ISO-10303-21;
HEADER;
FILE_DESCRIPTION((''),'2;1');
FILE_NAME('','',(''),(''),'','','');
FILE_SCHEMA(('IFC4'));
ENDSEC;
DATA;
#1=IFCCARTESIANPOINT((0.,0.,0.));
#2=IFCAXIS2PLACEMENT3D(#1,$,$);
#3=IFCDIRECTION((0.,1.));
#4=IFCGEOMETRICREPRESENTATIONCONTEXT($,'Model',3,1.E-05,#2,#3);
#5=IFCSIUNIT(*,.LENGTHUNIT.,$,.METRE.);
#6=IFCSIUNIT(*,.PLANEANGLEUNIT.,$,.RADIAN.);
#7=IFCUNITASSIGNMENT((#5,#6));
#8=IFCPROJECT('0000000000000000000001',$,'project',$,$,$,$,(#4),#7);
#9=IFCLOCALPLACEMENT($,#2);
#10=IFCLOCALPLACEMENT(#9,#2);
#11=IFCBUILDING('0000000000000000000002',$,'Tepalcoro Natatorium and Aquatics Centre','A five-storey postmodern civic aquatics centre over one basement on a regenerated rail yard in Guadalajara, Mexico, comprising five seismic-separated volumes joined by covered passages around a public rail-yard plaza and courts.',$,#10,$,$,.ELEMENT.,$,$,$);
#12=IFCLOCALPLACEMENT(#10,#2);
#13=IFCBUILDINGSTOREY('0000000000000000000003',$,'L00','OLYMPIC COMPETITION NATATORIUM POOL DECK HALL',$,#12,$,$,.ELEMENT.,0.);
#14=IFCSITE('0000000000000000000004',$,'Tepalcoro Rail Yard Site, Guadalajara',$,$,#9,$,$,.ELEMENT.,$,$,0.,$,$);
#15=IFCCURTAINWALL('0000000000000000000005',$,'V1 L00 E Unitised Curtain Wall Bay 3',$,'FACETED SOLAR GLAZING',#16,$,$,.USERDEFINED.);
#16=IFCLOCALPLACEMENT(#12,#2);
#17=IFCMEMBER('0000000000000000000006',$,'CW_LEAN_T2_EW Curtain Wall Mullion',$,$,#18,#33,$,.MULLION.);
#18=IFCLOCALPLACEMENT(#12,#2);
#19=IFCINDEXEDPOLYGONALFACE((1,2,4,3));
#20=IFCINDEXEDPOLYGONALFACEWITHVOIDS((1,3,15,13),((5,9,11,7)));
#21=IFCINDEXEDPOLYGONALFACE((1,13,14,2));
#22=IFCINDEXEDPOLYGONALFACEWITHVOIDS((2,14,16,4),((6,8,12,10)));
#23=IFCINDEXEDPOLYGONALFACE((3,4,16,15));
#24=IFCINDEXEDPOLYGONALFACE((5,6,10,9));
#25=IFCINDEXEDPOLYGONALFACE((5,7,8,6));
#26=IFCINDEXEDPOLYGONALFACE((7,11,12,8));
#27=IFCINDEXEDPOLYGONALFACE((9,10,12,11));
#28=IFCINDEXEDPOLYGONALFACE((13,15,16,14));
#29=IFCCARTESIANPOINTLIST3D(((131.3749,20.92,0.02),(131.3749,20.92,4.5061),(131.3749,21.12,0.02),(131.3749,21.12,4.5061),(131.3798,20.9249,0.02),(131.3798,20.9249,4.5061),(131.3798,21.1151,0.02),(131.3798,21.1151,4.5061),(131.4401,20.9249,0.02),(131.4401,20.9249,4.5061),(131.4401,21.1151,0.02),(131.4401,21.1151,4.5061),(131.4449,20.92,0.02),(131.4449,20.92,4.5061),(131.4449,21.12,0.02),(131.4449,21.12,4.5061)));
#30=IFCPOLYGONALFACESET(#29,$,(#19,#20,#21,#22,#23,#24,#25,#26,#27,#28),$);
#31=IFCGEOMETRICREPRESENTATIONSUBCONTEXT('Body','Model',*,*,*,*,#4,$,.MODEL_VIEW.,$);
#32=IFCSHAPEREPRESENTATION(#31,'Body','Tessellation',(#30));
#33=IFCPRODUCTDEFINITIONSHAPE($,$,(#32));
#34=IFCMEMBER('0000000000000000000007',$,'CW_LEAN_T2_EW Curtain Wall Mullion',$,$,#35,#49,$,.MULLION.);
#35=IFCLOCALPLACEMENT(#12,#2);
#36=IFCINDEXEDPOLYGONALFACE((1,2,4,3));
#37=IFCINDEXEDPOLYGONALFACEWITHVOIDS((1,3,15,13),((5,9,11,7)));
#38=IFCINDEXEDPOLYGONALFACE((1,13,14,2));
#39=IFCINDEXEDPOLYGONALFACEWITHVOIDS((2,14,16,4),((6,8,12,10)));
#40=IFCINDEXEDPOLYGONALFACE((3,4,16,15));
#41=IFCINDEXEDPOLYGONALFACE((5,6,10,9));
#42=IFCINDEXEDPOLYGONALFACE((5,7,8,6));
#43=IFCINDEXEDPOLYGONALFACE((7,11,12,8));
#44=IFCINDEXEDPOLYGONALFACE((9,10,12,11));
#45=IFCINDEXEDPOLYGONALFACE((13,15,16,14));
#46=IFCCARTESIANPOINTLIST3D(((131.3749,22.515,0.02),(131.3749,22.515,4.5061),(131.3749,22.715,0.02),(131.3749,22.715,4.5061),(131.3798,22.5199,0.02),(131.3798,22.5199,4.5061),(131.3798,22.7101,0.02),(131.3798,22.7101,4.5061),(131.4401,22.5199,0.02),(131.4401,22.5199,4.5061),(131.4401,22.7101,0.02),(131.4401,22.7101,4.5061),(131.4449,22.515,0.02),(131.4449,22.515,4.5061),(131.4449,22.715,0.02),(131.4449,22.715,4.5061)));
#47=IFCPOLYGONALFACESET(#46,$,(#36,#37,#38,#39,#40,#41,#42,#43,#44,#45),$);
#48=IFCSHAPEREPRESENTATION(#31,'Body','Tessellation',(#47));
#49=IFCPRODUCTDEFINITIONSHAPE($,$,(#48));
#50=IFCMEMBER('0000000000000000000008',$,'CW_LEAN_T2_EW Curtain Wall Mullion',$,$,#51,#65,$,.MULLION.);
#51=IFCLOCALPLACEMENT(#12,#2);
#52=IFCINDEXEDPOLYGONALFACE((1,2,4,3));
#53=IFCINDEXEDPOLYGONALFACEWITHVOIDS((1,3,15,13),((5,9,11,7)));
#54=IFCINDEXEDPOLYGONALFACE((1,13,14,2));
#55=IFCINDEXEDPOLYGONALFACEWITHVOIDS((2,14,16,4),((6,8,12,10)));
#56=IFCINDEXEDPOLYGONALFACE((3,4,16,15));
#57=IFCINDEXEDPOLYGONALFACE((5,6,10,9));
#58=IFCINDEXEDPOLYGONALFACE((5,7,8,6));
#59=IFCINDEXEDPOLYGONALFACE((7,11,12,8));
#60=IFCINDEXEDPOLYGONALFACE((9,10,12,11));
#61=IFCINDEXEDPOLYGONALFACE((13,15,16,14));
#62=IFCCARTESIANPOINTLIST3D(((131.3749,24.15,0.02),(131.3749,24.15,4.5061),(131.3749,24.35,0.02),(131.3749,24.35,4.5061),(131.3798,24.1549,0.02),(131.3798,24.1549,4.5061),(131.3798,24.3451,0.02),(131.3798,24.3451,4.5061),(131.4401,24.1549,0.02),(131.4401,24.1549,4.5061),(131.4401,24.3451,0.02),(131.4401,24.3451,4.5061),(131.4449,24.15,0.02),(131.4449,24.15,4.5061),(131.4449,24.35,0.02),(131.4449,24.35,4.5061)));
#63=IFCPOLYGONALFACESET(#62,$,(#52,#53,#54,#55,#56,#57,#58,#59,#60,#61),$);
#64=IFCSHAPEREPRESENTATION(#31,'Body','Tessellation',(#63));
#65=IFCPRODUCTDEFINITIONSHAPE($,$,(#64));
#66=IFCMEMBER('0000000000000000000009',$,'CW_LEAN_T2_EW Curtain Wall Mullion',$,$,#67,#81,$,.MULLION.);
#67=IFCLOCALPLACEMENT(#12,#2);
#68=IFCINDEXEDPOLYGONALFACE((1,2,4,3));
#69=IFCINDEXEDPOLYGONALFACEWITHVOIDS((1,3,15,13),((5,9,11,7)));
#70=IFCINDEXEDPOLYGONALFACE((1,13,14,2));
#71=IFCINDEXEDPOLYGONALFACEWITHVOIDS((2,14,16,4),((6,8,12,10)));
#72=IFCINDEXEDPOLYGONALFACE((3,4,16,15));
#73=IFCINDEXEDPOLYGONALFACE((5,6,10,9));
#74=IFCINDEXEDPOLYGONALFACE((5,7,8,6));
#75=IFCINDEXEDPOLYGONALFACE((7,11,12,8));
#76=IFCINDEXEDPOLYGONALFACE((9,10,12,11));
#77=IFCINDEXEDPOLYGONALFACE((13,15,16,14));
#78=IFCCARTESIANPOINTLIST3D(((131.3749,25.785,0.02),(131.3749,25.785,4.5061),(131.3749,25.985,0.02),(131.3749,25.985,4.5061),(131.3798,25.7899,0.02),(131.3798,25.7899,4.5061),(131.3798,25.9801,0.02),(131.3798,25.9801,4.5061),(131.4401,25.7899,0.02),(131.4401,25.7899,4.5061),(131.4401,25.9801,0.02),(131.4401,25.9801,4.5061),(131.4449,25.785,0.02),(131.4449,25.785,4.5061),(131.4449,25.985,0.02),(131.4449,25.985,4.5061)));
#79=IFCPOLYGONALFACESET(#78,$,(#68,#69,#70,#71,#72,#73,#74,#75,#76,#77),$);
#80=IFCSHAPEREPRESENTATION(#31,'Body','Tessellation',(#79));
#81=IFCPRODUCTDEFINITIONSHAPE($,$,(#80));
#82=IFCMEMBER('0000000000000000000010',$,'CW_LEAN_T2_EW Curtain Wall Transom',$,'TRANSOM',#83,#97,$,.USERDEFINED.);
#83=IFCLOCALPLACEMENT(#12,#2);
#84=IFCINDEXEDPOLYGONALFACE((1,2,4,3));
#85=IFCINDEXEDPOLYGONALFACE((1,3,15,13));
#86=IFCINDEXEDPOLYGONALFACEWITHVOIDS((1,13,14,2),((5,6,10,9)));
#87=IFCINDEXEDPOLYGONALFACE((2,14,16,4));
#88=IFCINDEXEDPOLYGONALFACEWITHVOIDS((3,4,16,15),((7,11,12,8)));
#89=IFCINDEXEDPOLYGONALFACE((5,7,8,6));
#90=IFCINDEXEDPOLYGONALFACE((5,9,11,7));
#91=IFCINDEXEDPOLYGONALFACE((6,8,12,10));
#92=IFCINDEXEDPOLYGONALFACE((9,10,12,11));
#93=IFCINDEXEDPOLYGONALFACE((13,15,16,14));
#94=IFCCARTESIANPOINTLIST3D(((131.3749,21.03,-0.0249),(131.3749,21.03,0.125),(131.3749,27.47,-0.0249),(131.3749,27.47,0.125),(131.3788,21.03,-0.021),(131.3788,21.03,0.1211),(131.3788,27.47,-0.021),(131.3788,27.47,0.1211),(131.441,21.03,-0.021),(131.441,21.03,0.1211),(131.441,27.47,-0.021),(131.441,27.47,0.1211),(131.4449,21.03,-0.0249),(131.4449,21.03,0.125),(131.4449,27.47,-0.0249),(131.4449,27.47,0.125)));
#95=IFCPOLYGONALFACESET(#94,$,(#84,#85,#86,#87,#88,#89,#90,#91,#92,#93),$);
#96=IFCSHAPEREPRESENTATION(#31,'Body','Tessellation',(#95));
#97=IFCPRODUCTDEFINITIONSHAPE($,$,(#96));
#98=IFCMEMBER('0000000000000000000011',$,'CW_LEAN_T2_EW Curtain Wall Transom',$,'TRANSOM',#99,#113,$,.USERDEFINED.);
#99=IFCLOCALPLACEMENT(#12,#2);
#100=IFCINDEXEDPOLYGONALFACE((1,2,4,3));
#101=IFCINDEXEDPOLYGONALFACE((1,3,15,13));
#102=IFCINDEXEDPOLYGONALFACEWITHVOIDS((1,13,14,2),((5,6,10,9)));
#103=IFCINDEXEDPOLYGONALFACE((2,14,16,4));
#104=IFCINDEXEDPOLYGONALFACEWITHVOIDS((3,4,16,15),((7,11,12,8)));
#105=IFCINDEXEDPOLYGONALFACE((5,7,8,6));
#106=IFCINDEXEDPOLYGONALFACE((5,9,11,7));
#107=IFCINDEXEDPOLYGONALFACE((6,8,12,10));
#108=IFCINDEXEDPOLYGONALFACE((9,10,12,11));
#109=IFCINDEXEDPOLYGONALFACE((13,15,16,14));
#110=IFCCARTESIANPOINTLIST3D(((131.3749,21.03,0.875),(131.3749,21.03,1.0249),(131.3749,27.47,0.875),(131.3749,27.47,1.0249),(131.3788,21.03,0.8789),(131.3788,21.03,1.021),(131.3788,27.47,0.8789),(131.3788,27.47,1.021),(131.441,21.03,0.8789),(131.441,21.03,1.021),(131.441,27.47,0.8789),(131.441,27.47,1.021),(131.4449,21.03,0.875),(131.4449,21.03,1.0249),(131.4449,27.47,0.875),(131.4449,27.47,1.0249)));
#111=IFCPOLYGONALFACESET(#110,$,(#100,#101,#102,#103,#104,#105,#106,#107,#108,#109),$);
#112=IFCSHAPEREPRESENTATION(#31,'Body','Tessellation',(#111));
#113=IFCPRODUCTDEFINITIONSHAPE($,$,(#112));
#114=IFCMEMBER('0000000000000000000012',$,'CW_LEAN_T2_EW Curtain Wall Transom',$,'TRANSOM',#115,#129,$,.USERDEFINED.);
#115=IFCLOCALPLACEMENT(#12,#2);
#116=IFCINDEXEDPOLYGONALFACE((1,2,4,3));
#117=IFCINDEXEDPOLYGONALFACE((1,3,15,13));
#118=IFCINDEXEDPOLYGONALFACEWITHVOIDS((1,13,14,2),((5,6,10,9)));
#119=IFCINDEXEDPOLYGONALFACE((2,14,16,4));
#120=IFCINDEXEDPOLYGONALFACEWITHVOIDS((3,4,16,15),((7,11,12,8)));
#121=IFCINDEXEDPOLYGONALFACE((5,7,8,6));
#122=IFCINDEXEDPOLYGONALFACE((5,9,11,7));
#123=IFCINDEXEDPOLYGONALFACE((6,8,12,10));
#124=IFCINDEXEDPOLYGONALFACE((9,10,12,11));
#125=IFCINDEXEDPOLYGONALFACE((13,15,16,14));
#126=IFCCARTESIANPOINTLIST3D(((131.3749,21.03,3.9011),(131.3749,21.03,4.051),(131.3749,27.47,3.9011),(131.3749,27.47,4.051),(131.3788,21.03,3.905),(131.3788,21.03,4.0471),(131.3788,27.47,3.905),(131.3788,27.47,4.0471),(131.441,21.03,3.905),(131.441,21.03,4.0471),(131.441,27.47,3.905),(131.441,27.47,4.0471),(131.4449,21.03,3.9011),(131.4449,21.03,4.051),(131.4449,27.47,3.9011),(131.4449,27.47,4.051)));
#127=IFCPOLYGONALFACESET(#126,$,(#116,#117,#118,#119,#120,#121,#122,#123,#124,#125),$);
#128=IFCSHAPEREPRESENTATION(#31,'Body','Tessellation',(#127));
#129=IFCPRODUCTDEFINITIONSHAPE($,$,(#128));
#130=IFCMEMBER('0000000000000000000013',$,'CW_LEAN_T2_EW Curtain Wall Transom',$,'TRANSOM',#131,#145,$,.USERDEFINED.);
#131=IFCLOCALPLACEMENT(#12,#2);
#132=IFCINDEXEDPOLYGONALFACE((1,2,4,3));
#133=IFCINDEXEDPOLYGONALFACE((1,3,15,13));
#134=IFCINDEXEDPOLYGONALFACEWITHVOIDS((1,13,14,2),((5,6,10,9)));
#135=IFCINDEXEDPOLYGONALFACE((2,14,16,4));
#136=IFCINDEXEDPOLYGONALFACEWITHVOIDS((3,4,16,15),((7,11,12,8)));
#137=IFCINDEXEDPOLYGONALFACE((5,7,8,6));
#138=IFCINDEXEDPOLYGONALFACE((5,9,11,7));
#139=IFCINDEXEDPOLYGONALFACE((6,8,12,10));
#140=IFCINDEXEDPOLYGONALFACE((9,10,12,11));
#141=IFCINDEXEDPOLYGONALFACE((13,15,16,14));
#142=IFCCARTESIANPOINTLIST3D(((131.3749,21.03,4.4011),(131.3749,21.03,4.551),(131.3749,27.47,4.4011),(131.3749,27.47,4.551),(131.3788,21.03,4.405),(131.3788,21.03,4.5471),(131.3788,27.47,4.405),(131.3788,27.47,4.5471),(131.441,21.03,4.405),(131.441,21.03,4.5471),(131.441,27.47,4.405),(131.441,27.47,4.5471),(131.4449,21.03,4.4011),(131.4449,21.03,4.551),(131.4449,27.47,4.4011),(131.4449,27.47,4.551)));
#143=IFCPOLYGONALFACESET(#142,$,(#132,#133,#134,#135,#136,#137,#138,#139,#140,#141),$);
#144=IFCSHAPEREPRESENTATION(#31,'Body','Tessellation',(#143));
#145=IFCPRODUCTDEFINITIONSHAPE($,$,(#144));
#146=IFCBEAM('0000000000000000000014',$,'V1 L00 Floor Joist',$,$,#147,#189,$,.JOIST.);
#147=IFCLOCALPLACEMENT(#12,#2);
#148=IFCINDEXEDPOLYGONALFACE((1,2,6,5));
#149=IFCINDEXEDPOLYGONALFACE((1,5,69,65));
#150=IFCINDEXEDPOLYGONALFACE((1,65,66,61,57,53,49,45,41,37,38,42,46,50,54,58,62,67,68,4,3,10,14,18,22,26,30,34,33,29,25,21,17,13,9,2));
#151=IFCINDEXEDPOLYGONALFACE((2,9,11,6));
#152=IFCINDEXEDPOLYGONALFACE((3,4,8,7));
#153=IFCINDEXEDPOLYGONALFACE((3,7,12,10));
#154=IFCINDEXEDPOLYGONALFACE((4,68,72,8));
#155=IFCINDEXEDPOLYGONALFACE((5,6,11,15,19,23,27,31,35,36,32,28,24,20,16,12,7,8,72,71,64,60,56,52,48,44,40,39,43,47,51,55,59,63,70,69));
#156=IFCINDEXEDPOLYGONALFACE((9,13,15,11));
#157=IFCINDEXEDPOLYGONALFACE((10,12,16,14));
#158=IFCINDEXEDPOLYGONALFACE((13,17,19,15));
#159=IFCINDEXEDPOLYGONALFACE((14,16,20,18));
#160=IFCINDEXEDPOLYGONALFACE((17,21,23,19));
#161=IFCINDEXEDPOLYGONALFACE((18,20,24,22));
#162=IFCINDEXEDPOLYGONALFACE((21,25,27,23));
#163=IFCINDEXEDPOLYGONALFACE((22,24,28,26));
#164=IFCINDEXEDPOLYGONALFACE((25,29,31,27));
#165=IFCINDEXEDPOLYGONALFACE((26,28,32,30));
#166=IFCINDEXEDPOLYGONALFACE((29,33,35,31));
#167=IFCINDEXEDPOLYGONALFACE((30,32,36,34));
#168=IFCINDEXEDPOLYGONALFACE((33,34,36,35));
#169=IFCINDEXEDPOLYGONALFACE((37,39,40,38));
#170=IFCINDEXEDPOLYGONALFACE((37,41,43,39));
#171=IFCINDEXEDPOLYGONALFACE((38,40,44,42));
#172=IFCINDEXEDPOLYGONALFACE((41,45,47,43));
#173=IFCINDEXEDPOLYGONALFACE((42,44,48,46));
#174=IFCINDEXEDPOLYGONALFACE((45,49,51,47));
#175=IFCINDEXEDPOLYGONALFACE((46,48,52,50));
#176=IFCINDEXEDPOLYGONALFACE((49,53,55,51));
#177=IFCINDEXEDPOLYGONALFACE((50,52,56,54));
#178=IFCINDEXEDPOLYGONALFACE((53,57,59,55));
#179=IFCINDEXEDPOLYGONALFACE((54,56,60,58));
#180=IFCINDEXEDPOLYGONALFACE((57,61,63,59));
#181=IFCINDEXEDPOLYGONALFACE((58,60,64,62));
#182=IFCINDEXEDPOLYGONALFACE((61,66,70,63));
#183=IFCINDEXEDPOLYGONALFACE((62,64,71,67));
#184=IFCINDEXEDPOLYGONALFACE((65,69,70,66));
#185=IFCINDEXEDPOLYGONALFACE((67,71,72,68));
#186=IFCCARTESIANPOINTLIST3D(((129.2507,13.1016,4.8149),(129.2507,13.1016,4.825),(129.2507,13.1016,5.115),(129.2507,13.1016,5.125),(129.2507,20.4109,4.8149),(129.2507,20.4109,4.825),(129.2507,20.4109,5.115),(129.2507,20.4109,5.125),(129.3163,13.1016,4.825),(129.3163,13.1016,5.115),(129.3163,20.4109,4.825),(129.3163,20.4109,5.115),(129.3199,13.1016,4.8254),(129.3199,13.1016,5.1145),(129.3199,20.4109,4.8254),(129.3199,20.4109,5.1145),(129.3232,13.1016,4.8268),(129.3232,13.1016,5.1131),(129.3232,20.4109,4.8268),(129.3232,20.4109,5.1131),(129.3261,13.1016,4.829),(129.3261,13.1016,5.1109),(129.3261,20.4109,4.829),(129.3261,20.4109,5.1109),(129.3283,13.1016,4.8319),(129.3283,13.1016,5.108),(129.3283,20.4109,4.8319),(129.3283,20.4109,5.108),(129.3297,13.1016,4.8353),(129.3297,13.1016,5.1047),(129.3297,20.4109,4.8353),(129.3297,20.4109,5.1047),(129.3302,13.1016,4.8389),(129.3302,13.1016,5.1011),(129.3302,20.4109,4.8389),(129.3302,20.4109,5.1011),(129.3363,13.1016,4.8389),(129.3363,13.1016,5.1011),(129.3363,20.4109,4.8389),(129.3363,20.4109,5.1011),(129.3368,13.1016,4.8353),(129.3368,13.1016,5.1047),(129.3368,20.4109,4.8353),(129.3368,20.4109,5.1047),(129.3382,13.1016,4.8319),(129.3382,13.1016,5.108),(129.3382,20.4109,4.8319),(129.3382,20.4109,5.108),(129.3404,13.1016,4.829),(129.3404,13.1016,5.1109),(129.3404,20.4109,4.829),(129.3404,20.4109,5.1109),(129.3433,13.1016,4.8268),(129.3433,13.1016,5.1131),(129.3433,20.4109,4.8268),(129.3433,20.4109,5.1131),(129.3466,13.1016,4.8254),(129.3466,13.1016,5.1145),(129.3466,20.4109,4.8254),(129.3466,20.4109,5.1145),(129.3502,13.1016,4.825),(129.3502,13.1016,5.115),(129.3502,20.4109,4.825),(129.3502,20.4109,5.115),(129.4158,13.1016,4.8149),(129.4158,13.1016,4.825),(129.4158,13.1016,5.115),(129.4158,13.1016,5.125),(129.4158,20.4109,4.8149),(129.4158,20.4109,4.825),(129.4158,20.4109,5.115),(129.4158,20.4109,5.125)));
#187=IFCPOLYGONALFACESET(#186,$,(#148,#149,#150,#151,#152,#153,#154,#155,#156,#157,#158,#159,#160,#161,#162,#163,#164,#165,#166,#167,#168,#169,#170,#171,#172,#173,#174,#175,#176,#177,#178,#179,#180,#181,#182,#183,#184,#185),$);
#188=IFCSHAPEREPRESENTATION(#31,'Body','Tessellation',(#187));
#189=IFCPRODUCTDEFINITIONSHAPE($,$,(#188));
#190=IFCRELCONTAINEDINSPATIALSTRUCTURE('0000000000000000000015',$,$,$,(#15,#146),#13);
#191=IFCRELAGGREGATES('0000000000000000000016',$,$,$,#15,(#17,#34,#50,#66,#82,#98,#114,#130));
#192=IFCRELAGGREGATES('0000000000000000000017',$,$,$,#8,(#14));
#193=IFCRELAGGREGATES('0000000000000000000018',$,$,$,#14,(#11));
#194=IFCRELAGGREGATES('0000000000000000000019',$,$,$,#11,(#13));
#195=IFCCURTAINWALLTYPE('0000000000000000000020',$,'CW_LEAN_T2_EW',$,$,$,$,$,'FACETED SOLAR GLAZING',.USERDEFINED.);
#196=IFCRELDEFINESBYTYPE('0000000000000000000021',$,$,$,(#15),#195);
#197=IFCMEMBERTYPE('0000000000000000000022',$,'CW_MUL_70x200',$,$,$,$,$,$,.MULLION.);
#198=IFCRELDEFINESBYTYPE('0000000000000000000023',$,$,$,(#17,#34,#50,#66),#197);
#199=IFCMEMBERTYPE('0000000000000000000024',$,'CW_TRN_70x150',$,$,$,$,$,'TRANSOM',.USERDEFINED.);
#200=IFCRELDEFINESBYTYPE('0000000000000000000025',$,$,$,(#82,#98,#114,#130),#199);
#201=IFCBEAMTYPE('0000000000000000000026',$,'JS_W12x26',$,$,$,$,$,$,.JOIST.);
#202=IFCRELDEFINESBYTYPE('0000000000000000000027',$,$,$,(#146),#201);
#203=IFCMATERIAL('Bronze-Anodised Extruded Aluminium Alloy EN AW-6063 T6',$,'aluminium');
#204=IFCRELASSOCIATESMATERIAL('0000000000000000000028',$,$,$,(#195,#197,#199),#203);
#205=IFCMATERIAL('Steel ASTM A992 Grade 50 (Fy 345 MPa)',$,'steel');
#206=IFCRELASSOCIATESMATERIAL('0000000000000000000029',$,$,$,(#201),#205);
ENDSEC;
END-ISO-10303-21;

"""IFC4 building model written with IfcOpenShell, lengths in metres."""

from ifc_helpers import new_model, si_unit, direction, frame, origin, origin_2d, place, context, subcontext, project, spatial, hollow_rectangle, i_section, extrude, material, material_profile, profile_set, type_object, element, aggregate, save


model = new_model("IFC4")

# Units and contexts
model_context = context("Model", 3, precision=1e-05, world=origin(), true_north=direction((0.0, 1.0)))
body_context = subcontext(model_context, "Body", "Model", "MODEL_VIEW")
ifc_project = project(units=[si_unit("LENGTHUNIT", "METRE"), si_unit("PLANEANGLEUNIT", "RADIAN")], contexts=[model_context])

# Site, building, storey
site_placement = place(None, origin())
site = spatial("IfcSite", under=ifc_project, at=site_placement, Name="Tepalcoro Rail Yard Site, Guadalajara", CompositionType="ELEMENT", RefElevation=0.0)
building_placement = place(site_placement, origin())
building = spatial("IfcBuilding", under=site, at=building_placement, Name="Tepalcoro Natatorium and Aquatics Centre", Description="A five-storey postmodern civic aquatics centre over one basement on a regenerated rail yard in Guadalajara, Mexico, comprising five seismic-separated volumes joined by covered passages around a public rail-yard plaza and courts.", CompositionType="ELEMENT")
storey_placement = place(building_placement, origin())
storey = spatial("IfcBuildingStorey", under=building, at=storey_placement, Name="L00", Description="OLYMPIC COMPETITION NATATORIUM POOL DECK HALL", CompositionType="ELEMENT", Elevation=0.0)

# Shared definitions
ifc_material_1 = material(Name="Steel ASTM A992 Grade 50 (Fy 345 MPa)", Category="steel")

# Curtain wall, members
ifc_material_2 = material(Name="Bronze-Anodised Extruded Aluminium Alloy EN AW-6063 T6", Category="aluminium")
curtain_wall_type = type_object("IfcCurtainWallType", Name="CW_LEAN_T2_EW", ElementType="FACETED SOLAR GLAZING", PredefinedType="USERDEFINED", material=ifc_material_2)
curtain_wall_placement = place(storey_placement, origin())
curtain_wall = element("IfcCurtainWall", 1, at=curtain_wall_placement, inside=storey, type_object=curtain_wall_type, Name="V1 L00 E Unitised Curtain Wall Bay 3", ObjectType="FACETED SOLAR GLAZING", PredefinedType="USERDEFINED")
ifc_material_profile_1 = material_profile(ifc_material_2, hollow_rectangle(XDim=0.0701, YDim=0.2, WallThickness=0.0049, at=origin_2d()), Name="AL70X200X5")
ifc_profile_set_1 = profile_set([ifc_material_profile_1], Name="Bronze-Anodised Extruded Aluminium Alloy EN AW-6063 T6")
member_type_1 = type_object("IfcMemberType", Name="CW_MUL_70x200", PredefinedType="MULLION", material=ifc_profile_set_1)
member_1_placement = place(storey_placement, frame((131.4099, 21.02, 0.02), z_axis=(0.0, 0.0, 1.0), x_axis=(1.0, 0.0, 0.0)))
member_1 = element("IfcMember", 2, at=member_1_placement, type_object=member_type_1, Name="CW_LEAN_T2_EW Curtain Wall Mullion", PredefinedType="MULLION", context=body_context, shape_type="SweptSolid", body=[
    extrude(hollow_rectangle(XDim=0.0701, YDim=0.2, WallThickness=0.0049, at=origin_2d()), origin(), (0.0, 0.0, 1.0), 4.4861),
])
member_2_placement = place(storey_placement, frame((131.4099, 22.615, 0.02), z_axis=(0.0, 0.0, 1.0), x_axis=(1.0, 0.0, 0.0)))
member_2 = element("IfcMember", 3, at=member_2_placement, type_object=member_type_1, Name="CW_LEAN_T2_EW Curtain Wall Mullion", PredefinedType="MULLION", context=body_context, shape_type="SweptSolid", body=[
    extrude(hollow_rectangle(XDim=0.0701, YDim=0.2, WallThickness=0.0049, at=origin_2d()), origin(), (0.0, 0.0, 1.0), 4.4861),
])
member_3_placement = place(storey_placement, frame((131.4099, 24.25, 0.02), z_axis=(0.0, 0.0, 1.0), x_axis=(1.0, 0.0, 0.0)))
member_3 = element("IfcMember", 4, at=member_3_placement, type_object=member_type_1, Name="CW_LEAN_T2_EW Curtain Wall Mullion", PredefinedType="MULLION", context=body_context, shape_type="SweptSolid", body=[
    extrude(hollow_rectangle(XDim=0.0701, YDim=0.2, WallThickness=0.0049, at=origin_2d()), origin(), (0.0, 0.0, 1.0), 4.4861),
])
member_4_placement = place(storey_placement, frame((131.4099, 25.885, 0.02), z_axis=(0.0, 0.0, 1.0), x_axis=(1.0, 0.0, 0.0)))
member_4 = element("IfcMember", 5, at=member_4_placement, type_object=member_type_1, Name="CW_LEAN_T2_EW Curtain Wall Mullion", PredefinedType="MULLION", context=body_context, shape_type="SweptSolid", body=[
    extrude(hollow_rectangle(XDim=0.0701, YDim=0.2, WallThickness=0.0049, at=origin_2d()), origin(), (0.0, 0.0, 1.0), 4.4861),
])
ifc_material_profile_2 = material_profile(ifc_material_2, hollow_rectangle(XDim=0.0701, YDim=0.1499, WallThickness=0.0039, at=origin_2d()), Name="AL70X150X4")
ifc_profile_set_2 = profile_set([ifc_material_profile_2], Name="Bronze-Anodised Extruded Aluminium Alloy EN AW-6063 T6")
member_type_2 = type_object("IfcMemberType", Name="CW_TRN_70x150", ElementType="TRANSOM", PredefinedType="USERDEFINED", material=ifc_profile_set_2)
member_5_placement = place(storey_placement, frame((131.4099, 21.03, 0.05), z_axis=(0.0, 1.0, 0.0), x_axis=(-1.0, 0.0, 0.0)))
member_5 = element("IfcMember", 6, at=member_5_placement, type_object=member_type_2, Name="CW_LEAN_T2_EW Curtain Wall Transom", ObjectType="TRANSOM", PredefinedType="USERDEFINED", context=body_context, shape_type="SweptSolid", body=[
    extrude(hollow_rectangle(XDim=0.0701, YDim=0.1499, WallThickness=0.0039, at=origin_2d()), origin(), (0.0, 0.0, 1.0), 6.4399),
])
member_6_placement = place(storey_placement, frame((131.4099, 21.03, 0.95), z_axis=(0.0, 1.0, 0.0), x_axis=(-1.0, 0.0, 0.0)))
member_6 = element("IfcMember", 7, at=member_6_placement, type_object=member_type_2, Name="CW_LEAN_T2_EW Curtain Wall Transom", ObjectType="TRANSOM", PredefinedType="USERDEFINED", context=body_context, shape_type="SweptSolid", body=[
    extrude(hollow_rectangle(XDim=0.0701, YDim=0.1499, WallThickness=0.0039, at=origin_2d()), origin(), (0.0, 0.0, 1.0), 6.4399),
])
member_7_placement = place(storey_placement, frame((131.4099, 21.03, 3.9761), z_axis=(0.0, 1.0, 0.0), x_axis=(-1.0, 0.0, 0.0)))
member_7 = element("IfcMember", 8, at=member_7_placement, type_object=member_type_2, Name="CW_LEAN_T2_EW Curtain Wall Transom", ObjectType="TRANSOM", PredefinedType="USERDEFINED", context=body_context, shape_type="SweptSolid", body=[
    extrude(hollow_rectangle(XDim=0.0701, YDim=0.1499, WallThickness=0.0039, at=origin_2d()), origin(), (0.0, 0.0, 1.0), 6.4399),
])
member_8_placement = place(storey_placement, frame((131.4099, 21.03, 4.4761), z_axis=(0.0, 1.0, 0.0), x_axis=(-1.0, 0.0, 0.0)))
member_8 = element("IfcMember", 9, at=member_8_placement, type_object=member_type_2, Name="CW_LEAN_T2_EW Curtain Wall Transom", ObjectType="TRANSOM", PredefinedType="USERDEFINED", context=body_context, shape_type="SweptSolid", body=[
    extrude(hollow_rectangle(XDim=0.0701, YDim=0.1499, WallThickness=0.0039, at=origin_2d()), origin(), (0.0, 0.0, 1.0), 6.4399),
])

# Beam
ifc_material_profile_3 = material_profile(ifc_material_1, i_section(OverallWidth=0.165, OverallDepth=0.3101, WebThickness=0.0061, FlangeThickness=0.01, FilletRadius=0.0139, at=origin_2d()), Name="W12X26")
ifc_profile_set_3 = profile_set([ifc_material_profile_3], Name="Steel ASTM A992 Grade 50 (Fy 345 MPa)")
beam_type_1 = type_object("IfcBeamType", Name="JS_W12x26", PredefinedType="JOIST", material=ifc_profile_set_3)
beam_1_placement = place(storey_placement, frame((129.3333, 13.1016, 4.97), z_axis=(0.0, 1.0, 0.0), x_axis=(-1.0, 0.0, 0.0)))
element("IfcBeam", 10, at=beam_1_placement, inside=storey, type_object=beam_type_1, Name="V1 L00 Floor Joist", PredefinedType="JOIST", context=body_context, shape_type="SweptSolid", body=[
    extrude(i_section(OverallWidth=0.165, OverallDepth=0.3101, WebThickness=0.0061, FlangeThickness=0.01, FilletRadius=0.0139, at=origin_2d()), origin(), (0.0, 0.0, 1.0), 7.3093),
])

aggregate(curtain_wall, [member_1, member_2, member_3, member_4, member_5, member_6, member_7, member_8])

save(model, "model.ifc")
